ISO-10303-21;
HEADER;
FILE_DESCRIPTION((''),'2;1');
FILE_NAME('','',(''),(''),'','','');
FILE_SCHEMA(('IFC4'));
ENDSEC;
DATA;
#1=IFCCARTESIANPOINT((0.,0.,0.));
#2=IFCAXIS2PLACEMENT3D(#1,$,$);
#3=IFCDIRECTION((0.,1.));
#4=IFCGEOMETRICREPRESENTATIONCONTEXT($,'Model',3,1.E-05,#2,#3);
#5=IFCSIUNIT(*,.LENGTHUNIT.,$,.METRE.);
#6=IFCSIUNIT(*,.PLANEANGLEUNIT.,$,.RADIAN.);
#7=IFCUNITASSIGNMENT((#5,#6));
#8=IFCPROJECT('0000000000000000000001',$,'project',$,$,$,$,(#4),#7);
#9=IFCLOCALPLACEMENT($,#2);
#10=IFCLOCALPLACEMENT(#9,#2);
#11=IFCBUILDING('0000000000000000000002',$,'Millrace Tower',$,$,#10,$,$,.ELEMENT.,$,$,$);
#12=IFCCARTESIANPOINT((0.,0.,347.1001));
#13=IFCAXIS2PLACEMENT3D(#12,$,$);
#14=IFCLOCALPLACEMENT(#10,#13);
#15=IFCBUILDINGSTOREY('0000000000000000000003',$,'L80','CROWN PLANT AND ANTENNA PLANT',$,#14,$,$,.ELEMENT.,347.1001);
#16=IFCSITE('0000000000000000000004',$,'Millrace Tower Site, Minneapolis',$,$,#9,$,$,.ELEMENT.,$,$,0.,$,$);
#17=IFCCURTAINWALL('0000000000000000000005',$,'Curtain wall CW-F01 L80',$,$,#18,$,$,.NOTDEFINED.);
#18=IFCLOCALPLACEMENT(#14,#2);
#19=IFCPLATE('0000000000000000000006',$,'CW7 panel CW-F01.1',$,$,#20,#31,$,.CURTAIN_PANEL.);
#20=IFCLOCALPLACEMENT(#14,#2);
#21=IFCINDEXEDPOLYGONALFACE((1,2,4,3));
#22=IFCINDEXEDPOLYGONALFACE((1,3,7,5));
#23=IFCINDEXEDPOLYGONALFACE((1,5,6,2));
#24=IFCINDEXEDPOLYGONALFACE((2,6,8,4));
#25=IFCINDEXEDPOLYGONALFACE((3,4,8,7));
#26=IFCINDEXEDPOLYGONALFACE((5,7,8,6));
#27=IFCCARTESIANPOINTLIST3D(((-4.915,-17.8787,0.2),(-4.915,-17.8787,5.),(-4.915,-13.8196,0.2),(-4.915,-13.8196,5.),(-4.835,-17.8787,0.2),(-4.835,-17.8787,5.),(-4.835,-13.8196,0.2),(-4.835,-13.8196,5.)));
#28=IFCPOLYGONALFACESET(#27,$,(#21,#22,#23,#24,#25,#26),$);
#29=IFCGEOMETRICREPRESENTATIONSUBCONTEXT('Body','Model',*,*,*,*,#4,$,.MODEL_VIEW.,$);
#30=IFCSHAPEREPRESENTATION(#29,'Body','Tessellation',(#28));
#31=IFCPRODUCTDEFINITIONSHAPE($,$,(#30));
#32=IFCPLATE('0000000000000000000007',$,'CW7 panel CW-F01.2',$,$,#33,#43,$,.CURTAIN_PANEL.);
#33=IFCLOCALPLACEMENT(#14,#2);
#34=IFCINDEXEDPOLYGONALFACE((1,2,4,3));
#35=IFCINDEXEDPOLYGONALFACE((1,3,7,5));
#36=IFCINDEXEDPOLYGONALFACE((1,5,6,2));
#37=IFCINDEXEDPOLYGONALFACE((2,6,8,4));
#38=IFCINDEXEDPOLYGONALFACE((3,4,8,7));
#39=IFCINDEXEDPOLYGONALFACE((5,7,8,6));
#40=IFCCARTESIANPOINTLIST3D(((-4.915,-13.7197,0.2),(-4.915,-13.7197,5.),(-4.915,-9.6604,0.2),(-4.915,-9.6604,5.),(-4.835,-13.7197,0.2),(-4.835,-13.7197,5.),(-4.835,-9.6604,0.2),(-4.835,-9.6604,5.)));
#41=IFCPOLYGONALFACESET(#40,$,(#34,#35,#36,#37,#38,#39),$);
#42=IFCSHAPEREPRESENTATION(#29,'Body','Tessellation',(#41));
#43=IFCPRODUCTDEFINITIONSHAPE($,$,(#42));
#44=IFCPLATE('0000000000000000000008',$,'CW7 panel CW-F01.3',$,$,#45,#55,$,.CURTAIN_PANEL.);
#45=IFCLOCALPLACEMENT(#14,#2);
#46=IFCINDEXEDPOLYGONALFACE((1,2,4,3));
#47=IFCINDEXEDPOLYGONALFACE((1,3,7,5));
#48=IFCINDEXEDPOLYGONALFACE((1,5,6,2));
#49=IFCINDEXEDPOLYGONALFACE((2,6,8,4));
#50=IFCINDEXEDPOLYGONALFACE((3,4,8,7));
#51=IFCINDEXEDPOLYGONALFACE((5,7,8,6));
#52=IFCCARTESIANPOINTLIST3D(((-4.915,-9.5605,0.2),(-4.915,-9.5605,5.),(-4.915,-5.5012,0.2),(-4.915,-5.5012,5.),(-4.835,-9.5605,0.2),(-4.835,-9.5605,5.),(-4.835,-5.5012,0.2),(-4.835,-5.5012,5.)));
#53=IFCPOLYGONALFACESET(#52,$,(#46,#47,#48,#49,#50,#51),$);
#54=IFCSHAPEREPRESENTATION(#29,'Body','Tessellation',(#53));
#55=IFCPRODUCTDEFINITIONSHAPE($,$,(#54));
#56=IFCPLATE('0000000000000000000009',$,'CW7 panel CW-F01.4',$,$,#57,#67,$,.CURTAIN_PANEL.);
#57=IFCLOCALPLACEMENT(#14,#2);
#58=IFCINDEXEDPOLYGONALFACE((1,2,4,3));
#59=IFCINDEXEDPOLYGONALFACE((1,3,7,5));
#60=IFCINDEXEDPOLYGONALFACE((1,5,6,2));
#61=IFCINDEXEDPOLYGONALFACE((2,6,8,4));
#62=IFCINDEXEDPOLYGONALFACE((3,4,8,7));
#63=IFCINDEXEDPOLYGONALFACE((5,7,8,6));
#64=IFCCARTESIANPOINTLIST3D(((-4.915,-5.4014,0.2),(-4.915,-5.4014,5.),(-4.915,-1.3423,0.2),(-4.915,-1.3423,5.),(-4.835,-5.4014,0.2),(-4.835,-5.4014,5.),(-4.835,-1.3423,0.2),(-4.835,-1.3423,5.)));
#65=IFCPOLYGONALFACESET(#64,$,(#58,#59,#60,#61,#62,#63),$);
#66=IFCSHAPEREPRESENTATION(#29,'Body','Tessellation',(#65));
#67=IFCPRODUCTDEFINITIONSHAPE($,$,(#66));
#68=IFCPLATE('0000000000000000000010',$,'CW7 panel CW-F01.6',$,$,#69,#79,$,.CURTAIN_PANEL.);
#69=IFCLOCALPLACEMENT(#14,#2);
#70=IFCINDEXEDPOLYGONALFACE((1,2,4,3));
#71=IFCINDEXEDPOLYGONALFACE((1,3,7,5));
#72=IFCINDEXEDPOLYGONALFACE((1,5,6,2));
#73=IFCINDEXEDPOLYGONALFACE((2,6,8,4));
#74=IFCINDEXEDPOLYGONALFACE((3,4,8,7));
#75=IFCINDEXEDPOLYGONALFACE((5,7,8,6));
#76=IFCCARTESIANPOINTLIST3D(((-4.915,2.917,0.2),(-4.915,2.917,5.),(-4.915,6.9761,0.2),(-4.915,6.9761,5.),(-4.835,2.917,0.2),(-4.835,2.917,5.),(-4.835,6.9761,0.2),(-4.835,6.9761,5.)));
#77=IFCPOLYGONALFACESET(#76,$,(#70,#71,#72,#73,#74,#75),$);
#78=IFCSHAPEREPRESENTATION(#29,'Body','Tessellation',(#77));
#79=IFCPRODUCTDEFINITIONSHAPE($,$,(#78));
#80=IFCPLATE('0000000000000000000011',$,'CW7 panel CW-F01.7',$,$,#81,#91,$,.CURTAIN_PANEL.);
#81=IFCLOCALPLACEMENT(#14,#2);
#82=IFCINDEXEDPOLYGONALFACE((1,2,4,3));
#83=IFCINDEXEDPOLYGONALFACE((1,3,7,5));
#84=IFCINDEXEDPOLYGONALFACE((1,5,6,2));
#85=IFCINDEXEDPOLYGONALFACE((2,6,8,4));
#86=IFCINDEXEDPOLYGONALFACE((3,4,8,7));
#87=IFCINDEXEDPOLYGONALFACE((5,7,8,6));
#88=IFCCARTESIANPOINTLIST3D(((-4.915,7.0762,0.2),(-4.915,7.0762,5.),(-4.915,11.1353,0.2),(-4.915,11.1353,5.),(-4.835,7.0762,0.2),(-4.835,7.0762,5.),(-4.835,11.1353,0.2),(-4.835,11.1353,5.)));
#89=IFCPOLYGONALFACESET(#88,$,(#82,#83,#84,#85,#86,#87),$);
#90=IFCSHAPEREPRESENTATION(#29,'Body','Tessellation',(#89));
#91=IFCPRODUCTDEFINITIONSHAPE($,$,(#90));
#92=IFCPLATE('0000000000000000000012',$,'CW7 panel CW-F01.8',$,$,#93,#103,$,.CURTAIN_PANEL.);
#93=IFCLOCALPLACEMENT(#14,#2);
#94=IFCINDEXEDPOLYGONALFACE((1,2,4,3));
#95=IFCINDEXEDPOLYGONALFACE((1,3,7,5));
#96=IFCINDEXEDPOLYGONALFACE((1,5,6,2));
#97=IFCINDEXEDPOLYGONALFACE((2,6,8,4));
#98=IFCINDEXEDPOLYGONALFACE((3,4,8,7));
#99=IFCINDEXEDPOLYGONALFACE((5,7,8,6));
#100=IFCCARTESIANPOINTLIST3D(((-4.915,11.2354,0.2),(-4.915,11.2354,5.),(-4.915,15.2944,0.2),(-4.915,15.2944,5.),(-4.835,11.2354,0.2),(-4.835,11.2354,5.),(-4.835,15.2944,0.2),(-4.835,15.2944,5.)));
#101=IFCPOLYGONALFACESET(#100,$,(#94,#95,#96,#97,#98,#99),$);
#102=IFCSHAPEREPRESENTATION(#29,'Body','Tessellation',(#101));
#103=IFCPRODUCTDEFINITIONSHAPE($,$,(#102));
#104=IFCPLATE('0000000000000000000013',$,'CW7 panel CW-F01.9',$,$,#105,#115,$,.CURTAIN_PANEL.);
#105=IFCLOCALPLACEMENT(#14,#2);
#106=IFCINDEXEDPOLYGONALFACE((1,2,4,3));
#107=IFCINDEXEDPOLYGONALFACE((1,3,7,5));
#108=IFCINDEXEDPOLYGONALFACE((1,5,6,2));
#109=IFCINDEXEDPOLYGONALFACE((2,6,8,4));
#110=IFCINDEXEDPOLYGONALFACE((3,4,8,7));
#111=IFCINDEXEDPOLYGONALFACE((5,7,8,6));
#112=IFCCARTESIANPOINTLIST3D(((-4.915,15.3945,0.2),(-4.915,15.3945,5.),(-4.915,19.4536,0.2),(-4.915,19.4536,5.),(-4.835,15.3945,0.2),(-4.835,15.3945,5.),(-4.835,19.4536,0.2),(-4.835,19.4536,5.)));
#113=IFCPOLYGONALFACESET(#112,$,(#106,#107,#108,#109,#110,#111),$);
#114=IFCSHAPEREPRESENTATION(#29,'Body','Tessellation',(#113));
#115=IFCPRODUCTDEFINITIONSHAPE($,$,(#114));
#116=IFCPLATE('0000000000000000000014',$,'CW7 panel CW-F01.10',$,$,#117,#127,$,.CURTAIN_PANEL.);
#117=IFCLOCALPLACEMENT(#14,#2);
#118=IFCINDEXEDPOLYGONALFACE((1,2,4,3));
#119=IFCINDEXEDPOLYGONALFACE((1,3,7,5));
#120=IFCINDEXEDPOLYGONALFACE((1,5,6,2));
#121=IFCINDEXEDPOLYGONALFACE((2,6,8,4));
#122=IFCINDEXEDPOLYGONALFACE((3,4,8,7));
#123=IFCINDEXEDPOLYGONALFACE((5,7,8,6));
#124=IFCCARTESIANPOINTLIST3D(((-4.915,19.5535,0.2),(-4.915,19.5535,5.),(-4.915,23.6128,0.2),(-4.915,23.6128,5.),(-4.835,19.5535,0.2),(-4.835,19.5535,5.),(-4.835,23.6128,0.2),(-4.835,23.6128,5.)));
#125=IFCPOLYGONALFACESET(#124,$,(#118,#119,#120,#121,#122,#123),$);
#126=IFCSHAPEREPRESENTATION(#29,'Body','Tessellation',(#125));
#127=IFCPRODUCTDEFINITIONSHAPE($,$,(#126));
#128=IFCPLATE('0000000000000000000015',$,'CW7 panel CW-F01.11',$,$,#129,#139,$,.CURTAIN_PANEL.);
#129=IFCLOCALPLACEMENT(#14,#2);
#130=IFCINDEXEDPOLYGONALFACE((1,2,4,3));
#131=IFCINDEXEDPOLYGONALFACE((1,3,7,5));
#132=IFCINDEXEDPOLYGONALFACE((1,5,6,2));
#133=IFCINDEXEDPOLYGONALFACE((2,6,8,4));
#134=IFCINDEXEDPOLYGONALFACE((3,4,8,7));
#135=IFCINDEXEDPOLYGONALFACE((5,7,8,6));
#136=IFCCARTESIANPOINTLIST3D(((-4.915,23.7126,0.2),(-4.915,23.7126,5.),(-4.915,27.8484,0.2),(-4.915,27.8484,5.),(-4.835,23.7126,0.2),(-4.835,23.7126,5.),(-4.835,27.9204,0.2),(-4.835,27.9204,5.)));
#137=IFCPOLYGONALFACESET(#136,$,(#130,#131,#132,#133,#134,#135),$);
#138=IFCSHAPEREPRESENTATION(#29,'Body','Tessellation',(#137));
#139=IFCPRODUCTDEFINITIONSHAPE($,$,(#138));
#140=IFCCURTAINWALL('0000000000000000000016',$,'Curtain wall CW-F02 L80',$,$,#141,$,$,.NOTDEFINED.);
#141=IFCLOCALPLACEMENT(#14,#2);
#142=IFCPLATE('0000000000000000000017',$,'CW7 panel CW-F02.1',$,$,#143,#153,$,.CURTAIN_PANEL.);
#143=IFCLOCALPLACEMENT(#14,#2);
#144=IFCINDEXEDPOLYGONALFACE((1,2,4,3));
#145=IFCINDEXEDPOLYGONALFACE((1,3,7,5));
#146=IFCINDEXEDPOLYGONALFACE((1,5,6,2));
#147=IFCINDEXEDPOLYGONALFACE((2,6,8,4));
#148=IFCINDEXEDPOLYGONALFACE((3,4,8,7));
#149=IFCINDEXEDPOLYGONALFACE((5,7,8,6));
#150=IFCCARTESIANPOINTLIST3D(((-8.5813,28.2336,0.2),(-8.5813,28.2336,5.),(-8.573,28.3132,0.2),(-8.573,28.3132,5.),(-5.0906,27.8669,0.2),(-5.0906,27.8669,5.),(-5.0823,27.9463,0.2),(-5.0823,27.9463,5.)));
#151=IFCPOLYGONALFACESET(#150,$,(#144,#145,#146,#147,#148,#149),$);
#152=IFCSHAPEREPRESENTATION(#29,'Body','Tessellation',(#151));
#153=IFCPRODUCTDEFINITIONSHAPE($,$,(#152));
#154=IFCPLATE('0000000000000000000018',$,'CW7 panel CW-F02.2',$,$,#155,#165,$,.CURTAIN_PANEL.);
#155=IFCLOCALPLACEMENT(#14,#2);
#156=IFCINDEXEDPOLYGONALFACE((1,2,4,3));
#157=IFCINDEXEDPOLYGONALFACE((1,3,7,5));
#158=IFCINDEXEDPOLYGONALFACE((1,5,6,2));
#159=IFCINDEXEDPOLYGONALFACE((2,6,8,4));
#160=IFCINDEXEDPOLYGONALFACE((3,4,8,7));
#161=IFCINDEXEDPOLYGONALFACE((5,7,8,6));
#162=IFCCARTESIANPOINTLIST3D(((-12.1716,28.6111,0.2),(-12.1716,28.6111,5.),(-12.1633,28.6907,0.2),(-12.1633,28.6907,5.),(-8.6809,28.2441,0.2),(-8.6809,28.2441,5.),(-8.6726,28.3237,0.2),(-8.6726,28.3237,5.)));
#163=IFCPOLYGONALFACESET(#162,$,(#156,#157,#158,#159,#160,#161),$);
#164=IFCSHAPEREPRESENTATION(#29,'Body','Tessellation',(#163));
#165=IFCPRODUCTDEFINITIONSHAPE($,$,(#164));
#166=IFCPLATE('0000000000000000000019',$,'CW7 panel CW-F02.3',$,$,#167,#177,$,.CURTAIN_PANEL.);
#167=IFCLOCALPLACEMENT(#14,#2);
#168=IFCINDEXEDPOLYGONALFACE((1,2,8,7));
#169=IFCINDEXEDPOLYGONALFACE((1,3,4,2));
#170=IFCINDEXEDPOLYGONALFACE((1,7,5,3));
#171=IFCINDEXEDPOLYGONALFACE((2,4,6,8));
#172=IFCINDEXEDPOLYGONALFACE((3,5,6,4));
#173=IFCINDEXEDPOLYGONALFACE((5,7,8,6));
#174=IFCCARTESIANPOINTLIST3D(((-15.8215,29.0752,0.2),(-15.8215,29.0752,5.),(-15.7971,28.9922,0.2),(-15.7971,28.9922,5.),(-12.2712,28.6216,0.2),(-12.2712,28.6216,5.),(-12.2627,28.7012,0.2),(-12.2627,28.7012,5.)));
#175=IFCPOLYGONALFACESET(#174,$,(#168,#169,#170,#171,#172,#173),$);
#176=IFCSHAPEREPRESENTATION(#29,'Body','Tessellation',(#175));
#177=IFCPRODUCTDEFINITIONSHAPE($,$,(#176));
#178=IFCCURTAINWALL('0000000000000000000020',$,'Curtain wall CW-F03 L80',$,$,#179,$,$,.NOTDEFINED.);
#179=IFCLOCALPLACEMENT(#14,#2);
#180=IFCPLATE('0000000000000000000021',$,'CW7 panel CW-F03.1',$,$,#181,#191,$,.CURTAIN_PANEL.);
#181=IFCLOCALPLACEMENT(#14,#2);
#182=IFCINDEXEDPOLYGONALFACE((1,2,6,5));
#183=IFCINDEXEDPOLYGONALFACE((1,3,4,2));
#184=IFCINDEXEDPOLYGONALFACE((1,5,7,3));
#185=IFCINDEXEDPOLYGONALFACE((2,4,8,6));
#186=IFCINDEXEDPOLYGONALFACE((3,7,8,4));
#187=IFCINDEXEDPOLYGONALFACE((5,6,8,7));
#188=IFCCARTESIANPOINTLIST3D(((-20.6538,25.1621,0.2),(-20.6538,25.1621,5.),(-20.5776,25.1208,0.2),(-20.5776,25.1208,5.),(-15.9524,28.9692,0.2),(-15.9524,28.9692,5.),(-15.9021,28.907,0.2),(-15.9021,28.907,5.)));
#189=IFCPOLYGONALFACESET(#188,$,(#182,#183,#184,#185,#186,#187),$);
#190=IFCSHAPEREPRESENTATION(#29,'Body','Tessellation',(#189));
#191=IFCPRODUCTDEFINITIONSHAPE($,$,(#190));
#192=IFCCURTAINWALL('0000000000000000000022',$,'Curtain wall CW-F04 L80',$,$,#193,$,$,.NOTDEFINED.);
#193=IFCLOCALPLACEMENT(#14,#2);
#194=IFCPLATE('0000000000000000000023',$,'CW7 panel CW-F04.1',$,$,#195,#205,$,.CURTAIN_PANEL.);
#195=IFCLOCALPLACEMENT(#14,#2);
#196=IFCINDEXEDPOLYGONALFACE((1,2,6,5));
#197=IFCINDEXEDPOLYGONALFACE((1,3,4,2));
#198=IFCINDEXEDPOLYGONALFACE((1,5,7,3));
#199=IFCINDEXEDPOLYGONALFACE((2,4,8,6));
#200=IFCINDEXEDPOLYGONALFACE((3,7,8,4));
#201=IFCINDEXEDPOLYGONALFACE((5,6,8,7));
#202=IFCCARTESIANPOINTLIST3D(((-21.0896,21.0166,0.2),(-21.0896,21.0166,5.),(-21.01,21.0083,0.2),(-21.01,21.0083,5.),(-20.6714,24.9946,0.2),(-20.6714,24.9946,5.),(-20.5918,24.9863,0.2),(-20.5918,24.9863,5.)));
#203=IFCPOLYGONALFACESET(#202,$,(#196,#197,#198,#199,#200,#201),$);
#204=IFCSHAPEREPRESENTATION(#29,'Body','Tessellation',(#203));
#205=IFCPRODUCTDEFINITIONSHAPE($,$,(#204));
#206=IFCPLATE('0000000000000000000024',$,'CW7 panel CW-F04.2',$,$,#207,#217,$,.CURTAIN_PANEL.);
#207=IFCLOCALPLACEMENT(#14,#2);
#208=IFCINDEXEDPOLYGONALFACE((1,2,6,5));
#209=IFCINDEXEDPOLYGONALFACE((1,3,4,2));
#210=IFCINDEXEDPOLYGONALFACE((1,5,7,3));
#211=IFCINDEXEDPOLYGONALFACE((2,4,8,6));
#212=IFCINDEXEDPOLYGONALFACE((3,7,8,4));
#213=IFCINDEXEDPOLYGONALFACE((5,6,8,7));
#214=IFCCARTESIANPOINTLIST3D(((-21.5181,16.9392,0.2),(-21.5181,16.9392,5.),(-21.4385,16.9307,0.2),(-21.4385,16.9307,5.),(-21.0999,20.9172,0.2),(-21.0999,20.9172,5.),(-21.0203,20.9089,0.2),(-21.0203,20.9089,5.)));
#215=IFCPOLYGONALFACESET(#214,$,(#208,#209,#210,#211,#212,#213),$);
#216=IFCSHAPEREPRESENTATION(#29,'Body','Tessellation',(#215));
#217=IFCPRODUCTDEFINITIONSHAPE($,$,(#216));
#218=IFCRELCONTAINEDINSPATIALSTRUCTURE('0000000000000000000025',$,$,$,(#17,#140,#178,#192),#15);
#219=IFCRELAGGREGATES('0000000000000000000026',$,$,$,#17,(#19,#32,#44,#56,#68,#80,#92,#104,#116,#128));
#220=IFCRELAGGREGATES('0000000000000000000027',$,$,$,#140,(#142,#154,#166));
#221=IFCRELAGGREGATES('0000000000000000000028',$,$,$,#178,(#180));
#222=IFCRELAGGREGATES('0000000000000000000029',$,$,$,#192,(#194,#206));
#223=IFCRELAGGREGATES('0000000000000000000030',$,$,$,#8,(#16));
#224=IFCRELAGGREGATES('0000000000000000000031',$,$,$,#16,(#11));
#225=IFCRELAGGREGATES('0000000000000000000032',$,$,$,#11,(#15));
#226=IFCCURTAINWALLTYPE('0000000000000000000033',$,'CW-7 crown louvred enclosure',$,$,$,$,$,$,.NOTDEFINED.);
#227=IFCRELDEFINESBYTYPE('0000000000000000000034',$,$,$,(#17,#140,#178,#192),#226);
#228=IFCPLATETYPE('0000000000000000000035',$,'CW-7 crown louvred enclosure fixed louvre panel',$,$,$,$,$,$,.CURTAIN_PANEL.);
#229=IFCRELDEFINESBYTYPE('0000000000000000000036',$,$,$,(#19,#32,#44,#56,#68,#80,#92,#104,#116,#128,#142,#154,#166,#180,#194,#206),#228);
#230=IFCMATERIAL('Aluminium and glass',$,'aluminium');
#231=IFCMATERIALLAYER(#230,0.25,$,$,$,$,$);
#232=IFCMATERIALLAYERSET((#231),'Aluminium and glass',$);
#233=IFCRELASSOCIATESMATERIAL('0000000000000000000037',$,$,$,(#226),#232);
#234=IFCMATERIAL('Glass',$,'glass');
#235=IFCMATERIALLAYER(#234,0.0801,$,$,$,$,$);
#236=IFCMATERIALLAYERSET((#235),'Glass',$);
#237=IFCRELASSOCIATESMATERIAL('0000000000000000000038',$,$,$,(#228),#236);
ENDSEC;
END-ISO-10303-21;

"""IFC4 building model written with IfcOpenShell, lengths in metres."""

from ifc_helpers import new_model, si_unit, direction, frame, origin, place, context, subcontext, project, spatial, polyline, outline, extrude, material, layer, layer_set, type_object, element, aggregate, save


model = new_model("IFC4")

# Units and contexts
model_context = context("Model", 3, precision=1e-05, world=origin(), true_north=direction((0.0, 1.0)))
body_context = subcontext(model_context, "Body", "Model", "MODEL_VIEW")
ifc_project = project(units=[si_unit("LENGTHUNIT", "METRE"), si_unit("PLANEANGLEUNIT", "RADIAN")], contexts=[model_context])

# Site, building, storey
site_placement = place(None, origin())
site = spatial("IfcSite", under=ifc_project, at=site_placement, Name="Millrace Tower Site, Minneapolis", CompositionType="ELEMENT", RefElevation=0.0)
building_placement = place(site_placement, origin())
building = spatial("IfcBuilding", under=site, at=building_placement, Name="Millrace Tower", CompositionType="ELEMENT")
storey_placement = place(building_placement, frame((0.0, 0.0, 347.1001)))
storey = spatial("IfcBuildingStorey", under=building, at=storey_placement, Name="L80", Description="CROWN PLANT AND ANTENNA PLANT", CompositionType="ELEMENT", Elevation=347.1001)

# Curtain walls, plates
ifc_material_1 = material(Name="Aluminium and glass", Category="aluminium")
ifc_layer_1 = layer(ifc_material_1, 0.25)
ifc_layer_set_1 = layer_set([ifc_layer_1], Name="Aluminium and glass")
curtain_wall_type = type_object("IfcCurtainWallType", Name="CW-7 crown louvred enclosure", PredefinedType="NOTDEFINED", material=ifc_layer_set_1)
placement_1 = place(storey_placement, origin())
curtain_wall_1 = element("IfcCurtainWall", 1, at=placement_1, inside=storey, type_object=curtain_wall_type, Name="Curtain wall CW-F01 L80", PredefinedType="NOTDEFINED")
ifc_material_2 = material(Name="Glass", Category="glass")
ifc_layer_2 = layer(ifc_material_2, 0.0801)
ifc_layer_set_2 = layer_set([ifc_layer_2], Name="Glass")
plate_type = type_object("IfcPlateType", Name="CW-7 crown louvred enclosure fixed louvre panel", PredefinedType="CURTAIN_PANEL", material=ifc_layer_set_2)
placement_2 = place(storey_placement, frame((0.0, 0.0, 0.2)))
plate_1 = element("IfcPlate", 2, at=placement_2, type_object=plate_type, Name="CW7 panel CW-F01.1", PredefinedType="CURTAIN_PANEL", context=body_context, shape_type="SweptSolid", body=[
    extrude(outline(polyline([(-4.835, -17.8787), (-4.835, -13.8196), (-4.915, -13.8196), (-4.915, -17.8787), (-4.835, -17.8787)])), origin(), (0.0, 0.0, 1.0), 4.8),
])
plate_2 = element("IfcPlate", 3, at=placement_2, type_object=plate_type, Name="CW7 panel CW-F01.2", PredefinedType="CURTAIN_PANEL", context=body_context, shape_type="SweptSolid", body=[
    extrude(outline(polyline([(-4.835, -13.7197), (-4.835, -9.6604), (-4.915, -9.6604), (-4.915, -13.7197), (-4.835, -13.7197)])), origin(), (0.0, 0.0, 1.0), 4.8),
])
plate_3 = element("IfcPlate", 4, at=placement_2, type_object=plate_type, Name="CW7 panel CW-F01.3", PredefinedType="CURTAIN_PANEL", context=body_context, shape_type="SweptSolid", body=[
    extrude(outline(polyline([(-4.835, -9.5605), (-4.835, -5.5012), (-4.915, -5.5012), (-4.915, -9.5605), (-4.835, -9.5605)])), origin(), (0.0, 0.0, 1.0), 4.8),
])
plate_4 = element("IfcPlate", 5, at=placement_2, type_object=plate_type, Name="CW7 panel CW-F01.4", PredefinedType="CURTAIN_PANEL", context=body_context, shape_type="SweptSolid", body=[
    extrude(outline(polyline([(-4.835, -5.4014), (-4.835, -1.3423), (-4.915, -1.3423), (-4.915, -5.4014), (-4.835, -5.4014)])), origin(), (0.0, 0.0, 1.0), 4.8),
])
plate_5 = element("IfcPlate", 6, at=placement_2, type_object=plate_type, Name="CW7 panel CW-F01.6", PredefinedType="CURTAIN_PANEL", context=body_context, shape_type="SweptSolid", body=[
    extrude(outline(polyline([(-4.835, 2.917), (-4.835, 6.9761), (-4.915, 6.9761), (-4.915, 2.917), (-4.835, 2.917)])), origin(), (0.0, 0.0, 1.0), 4.8),
])
plate_6 = element("IfcPlate", 7, at=placement_2, type_object=plate_type, Name="CW7 panel CW-F01.7", PredefinedType="CURTAIN_PANEL", context=body_context, shape_type="SweptSolid", body=[
    extrude(outline(polyline([(-4.835, 7.0762), (-4.835, 11.1353), (-4.915, 11.1353), (-4.915, 7.0762), (-4.835, 7.0762)])), origin(), (0.0, 0.0, 1.0), 4.8),
])
plate_7 = element("IfcPlate", 8, at=placement_2, type_object=plate_type, Name="CW7 panel CW-F01.8", PredefinedType="CURTAIN_PANEL", context=body_context, shape_type="SweptSolid", body=[
    extrude(outline(polyline([(-4.835, 11.2354), (-4.835, 15.2944), (-4.915, 15.2944), (-4.915, 11.2354), (-4.835, 11.2354)])), origin(), (0.0, 0.0, 1.0), 4.8),
])
plate_8 = element("IfcPlate", 9, at=placement_2, type_object=plate_type, Name="CW7 panel CW-F01.9", PredefinedType="CURTAIN_PANEL", context=body_context, shape_type="SweptSolid", body=[
    extrude(outline(polyline([(-4.835, 15.3945), (-4.835, 19.4536), (-4.915, 19.4536), (-4.915, 15.3945), (-4.835, 15.3945)])), origin(), (0.0, 0.0, 1.0), 4.8),
])
plate_9 = element("IfcPlate", 10, at=placement_2, type_object=plate_type, Name="CW7 panel CW-F01.10", PredefinedType="CURTAIN_PANEL", context=body_context, shape_type="SweptSolid", body=[
    extrude(outline(polyline([(-4.835, 19.5535), (-4.835, 23.6128), (-4.915, 23.6128), (-4.915, 19.5535), (-4.835, 19.5535)])), origin(), (0.0, 0.0, 1.0), 4.8),
])
plate_10 = element("IfcPlate", 11, at=placement_2, type_object=plate_type, Name="CW7 panel CW-F01.11", PredefinedType="CURTAIN_PANEL", context=body_context, shape_type="SweptSolid", body=[
    extrude(outline(polyline([(-4.835, 23.7126), (-4.835, 27.9204), (-4.915, 27.8484), (-4.915, 23.7126), (-4.835, 23.7126)])), origin(), (0.0, 0.0, 1.0), 4.8),
])
aggregate(curtain_wall_1, [plate_1, plate_2, plate_3, plate_4, plate_5, plate_6, plate_7, plate_8, plate_9, plate_10])
curtain_wall_2 = element("IfcCurtainWall", 12, at=placement_1, inside=storey, type_object=curtain_wall_type, Name="Curtain wall CW-F02 L80", PredefinedType="NOTDEFINED")
plate_11 = element("IfcPlate", 13, at=placement_2, type_object=plate_type, Name="CW7 panel CW-F02.1", PredefinedType="CURTAIN_PANEL", context=body_context, shape_type="SweptSolid", body=[
    extrude(outline(polyline([(-5.0823, 27.9463), (-8.573, 28.3132), (-8.5813, 28.2336), (-5.0906, 27.8669), (-5.0823, 27.9463)])), origin(), (0.0, 0.0, 1.0), 4.8),
])
plate_12 = element("IfcPlate", 14, at=placement_2, type_object=plate_type, Name="CW7 panel CW-F02.2", PredefinedType="CURTAIN_PANEL", context=body_context, shape_type="SweptSolid", body=[
    extrude(outline(polyline([(-8.6726, 28.3237), (-12.1633, 28.6907), (-12.1716, 28.6111), (-8.6809, 28.2441), (-8.6726, 28.3237)])), origin(), (0.0, 0.0, 1.0), 4.8),
])
plate_13 = element("IfcPlate", 15, at=placement_2, type_object=plate_type, Name="CW7 panel CW-F02.3", PredefinedType="CURTAIN_PANEL", context=body_context, shape_type="SweptSolid", body=[
    extrude(outline(polyline([(-12.2627, 28.7012), (-15.8215, 29.0752), (-15.7971, 28.9922), (-12.2712, 28.6216), (-12.2627, 28.7012)])), origin(), (0.0, 0.0, 1.0), 4.8),
])
aggregate(curtain_wall_2, [plate_11, plate_12, plate_13])

# Curtain wall, plate
curtain_wall_3 = element("IfcCurtainWall", 16, at=placement_1, inside=storey, type_object=curtain_wall_type, Name="Curtain wall CW-F03 L80", PredefinedType="NOTDEFINED")
plate_14 = element("IfcPlate", 17, at=placement_2, type_object=plate_type, Name="CW7 panel CW-F03.1", PredefinedType="CURTAIN_PANEL", context=body_context, shape_type="SweptSolid", body=[
    extrude(outline(polyline([(-15.9524, 28.9692), (-20.6538, 25.1621), (-20.5776, 25.1208), (-15.9021, 28.907), (-15.9524, 28.9692)])), origin(), (0.0, 0.0, 1.0), 4.8),
])
aggregate(curtain_wall_3, [plate_14])

# Curtain wall, plates
curtain_wall_4 = element("IfcCurtainWall", 18, at=placement_1, inside=storey, type_object=curtain_wall_type, Name="Curtain wall CW-F04 L80", PredefinedType="NOTDEFINED")
plate_15 = element("IfcPlate", 19, at=placement_2, type_object=plate_type, Name="CW7 panel CW-F04.1", PredefinedType="CURTAIN_PANEL", context=body_context, shape_type="SweptSolid", body=[
    extrude(outline(polyline([(-20.6714, 24.9946), (-21.0896, 21.0166), (-21.01, 21.0083), (-20.5918, 24.9863), (-20.6714, 24.9946)])), origin(), (0.0, 0.0, 1.0), 4.8),
])
plate_16 = element("IfcPlate", 20, at=placement_2, type_object=plate_type, Name="CW7 panel CW-F04.2", PredefinedType="CURTAIN_PANEL", context=body_context, shape_type="SweptSolid", body=[
    extrude(outline(polyline([(-21.0999, 20.9172), (-21.5181, 16.9392), (-21.4385, 16.9307), (-21.0203, 20.9089), (-21.0999, 20.9172)])), origin(), (0.0, 0.0, 1.0), 4.8),
])
aggregate(curtain_wall_4, [plate_15, plate_16])

save(model, "model.ifc")
